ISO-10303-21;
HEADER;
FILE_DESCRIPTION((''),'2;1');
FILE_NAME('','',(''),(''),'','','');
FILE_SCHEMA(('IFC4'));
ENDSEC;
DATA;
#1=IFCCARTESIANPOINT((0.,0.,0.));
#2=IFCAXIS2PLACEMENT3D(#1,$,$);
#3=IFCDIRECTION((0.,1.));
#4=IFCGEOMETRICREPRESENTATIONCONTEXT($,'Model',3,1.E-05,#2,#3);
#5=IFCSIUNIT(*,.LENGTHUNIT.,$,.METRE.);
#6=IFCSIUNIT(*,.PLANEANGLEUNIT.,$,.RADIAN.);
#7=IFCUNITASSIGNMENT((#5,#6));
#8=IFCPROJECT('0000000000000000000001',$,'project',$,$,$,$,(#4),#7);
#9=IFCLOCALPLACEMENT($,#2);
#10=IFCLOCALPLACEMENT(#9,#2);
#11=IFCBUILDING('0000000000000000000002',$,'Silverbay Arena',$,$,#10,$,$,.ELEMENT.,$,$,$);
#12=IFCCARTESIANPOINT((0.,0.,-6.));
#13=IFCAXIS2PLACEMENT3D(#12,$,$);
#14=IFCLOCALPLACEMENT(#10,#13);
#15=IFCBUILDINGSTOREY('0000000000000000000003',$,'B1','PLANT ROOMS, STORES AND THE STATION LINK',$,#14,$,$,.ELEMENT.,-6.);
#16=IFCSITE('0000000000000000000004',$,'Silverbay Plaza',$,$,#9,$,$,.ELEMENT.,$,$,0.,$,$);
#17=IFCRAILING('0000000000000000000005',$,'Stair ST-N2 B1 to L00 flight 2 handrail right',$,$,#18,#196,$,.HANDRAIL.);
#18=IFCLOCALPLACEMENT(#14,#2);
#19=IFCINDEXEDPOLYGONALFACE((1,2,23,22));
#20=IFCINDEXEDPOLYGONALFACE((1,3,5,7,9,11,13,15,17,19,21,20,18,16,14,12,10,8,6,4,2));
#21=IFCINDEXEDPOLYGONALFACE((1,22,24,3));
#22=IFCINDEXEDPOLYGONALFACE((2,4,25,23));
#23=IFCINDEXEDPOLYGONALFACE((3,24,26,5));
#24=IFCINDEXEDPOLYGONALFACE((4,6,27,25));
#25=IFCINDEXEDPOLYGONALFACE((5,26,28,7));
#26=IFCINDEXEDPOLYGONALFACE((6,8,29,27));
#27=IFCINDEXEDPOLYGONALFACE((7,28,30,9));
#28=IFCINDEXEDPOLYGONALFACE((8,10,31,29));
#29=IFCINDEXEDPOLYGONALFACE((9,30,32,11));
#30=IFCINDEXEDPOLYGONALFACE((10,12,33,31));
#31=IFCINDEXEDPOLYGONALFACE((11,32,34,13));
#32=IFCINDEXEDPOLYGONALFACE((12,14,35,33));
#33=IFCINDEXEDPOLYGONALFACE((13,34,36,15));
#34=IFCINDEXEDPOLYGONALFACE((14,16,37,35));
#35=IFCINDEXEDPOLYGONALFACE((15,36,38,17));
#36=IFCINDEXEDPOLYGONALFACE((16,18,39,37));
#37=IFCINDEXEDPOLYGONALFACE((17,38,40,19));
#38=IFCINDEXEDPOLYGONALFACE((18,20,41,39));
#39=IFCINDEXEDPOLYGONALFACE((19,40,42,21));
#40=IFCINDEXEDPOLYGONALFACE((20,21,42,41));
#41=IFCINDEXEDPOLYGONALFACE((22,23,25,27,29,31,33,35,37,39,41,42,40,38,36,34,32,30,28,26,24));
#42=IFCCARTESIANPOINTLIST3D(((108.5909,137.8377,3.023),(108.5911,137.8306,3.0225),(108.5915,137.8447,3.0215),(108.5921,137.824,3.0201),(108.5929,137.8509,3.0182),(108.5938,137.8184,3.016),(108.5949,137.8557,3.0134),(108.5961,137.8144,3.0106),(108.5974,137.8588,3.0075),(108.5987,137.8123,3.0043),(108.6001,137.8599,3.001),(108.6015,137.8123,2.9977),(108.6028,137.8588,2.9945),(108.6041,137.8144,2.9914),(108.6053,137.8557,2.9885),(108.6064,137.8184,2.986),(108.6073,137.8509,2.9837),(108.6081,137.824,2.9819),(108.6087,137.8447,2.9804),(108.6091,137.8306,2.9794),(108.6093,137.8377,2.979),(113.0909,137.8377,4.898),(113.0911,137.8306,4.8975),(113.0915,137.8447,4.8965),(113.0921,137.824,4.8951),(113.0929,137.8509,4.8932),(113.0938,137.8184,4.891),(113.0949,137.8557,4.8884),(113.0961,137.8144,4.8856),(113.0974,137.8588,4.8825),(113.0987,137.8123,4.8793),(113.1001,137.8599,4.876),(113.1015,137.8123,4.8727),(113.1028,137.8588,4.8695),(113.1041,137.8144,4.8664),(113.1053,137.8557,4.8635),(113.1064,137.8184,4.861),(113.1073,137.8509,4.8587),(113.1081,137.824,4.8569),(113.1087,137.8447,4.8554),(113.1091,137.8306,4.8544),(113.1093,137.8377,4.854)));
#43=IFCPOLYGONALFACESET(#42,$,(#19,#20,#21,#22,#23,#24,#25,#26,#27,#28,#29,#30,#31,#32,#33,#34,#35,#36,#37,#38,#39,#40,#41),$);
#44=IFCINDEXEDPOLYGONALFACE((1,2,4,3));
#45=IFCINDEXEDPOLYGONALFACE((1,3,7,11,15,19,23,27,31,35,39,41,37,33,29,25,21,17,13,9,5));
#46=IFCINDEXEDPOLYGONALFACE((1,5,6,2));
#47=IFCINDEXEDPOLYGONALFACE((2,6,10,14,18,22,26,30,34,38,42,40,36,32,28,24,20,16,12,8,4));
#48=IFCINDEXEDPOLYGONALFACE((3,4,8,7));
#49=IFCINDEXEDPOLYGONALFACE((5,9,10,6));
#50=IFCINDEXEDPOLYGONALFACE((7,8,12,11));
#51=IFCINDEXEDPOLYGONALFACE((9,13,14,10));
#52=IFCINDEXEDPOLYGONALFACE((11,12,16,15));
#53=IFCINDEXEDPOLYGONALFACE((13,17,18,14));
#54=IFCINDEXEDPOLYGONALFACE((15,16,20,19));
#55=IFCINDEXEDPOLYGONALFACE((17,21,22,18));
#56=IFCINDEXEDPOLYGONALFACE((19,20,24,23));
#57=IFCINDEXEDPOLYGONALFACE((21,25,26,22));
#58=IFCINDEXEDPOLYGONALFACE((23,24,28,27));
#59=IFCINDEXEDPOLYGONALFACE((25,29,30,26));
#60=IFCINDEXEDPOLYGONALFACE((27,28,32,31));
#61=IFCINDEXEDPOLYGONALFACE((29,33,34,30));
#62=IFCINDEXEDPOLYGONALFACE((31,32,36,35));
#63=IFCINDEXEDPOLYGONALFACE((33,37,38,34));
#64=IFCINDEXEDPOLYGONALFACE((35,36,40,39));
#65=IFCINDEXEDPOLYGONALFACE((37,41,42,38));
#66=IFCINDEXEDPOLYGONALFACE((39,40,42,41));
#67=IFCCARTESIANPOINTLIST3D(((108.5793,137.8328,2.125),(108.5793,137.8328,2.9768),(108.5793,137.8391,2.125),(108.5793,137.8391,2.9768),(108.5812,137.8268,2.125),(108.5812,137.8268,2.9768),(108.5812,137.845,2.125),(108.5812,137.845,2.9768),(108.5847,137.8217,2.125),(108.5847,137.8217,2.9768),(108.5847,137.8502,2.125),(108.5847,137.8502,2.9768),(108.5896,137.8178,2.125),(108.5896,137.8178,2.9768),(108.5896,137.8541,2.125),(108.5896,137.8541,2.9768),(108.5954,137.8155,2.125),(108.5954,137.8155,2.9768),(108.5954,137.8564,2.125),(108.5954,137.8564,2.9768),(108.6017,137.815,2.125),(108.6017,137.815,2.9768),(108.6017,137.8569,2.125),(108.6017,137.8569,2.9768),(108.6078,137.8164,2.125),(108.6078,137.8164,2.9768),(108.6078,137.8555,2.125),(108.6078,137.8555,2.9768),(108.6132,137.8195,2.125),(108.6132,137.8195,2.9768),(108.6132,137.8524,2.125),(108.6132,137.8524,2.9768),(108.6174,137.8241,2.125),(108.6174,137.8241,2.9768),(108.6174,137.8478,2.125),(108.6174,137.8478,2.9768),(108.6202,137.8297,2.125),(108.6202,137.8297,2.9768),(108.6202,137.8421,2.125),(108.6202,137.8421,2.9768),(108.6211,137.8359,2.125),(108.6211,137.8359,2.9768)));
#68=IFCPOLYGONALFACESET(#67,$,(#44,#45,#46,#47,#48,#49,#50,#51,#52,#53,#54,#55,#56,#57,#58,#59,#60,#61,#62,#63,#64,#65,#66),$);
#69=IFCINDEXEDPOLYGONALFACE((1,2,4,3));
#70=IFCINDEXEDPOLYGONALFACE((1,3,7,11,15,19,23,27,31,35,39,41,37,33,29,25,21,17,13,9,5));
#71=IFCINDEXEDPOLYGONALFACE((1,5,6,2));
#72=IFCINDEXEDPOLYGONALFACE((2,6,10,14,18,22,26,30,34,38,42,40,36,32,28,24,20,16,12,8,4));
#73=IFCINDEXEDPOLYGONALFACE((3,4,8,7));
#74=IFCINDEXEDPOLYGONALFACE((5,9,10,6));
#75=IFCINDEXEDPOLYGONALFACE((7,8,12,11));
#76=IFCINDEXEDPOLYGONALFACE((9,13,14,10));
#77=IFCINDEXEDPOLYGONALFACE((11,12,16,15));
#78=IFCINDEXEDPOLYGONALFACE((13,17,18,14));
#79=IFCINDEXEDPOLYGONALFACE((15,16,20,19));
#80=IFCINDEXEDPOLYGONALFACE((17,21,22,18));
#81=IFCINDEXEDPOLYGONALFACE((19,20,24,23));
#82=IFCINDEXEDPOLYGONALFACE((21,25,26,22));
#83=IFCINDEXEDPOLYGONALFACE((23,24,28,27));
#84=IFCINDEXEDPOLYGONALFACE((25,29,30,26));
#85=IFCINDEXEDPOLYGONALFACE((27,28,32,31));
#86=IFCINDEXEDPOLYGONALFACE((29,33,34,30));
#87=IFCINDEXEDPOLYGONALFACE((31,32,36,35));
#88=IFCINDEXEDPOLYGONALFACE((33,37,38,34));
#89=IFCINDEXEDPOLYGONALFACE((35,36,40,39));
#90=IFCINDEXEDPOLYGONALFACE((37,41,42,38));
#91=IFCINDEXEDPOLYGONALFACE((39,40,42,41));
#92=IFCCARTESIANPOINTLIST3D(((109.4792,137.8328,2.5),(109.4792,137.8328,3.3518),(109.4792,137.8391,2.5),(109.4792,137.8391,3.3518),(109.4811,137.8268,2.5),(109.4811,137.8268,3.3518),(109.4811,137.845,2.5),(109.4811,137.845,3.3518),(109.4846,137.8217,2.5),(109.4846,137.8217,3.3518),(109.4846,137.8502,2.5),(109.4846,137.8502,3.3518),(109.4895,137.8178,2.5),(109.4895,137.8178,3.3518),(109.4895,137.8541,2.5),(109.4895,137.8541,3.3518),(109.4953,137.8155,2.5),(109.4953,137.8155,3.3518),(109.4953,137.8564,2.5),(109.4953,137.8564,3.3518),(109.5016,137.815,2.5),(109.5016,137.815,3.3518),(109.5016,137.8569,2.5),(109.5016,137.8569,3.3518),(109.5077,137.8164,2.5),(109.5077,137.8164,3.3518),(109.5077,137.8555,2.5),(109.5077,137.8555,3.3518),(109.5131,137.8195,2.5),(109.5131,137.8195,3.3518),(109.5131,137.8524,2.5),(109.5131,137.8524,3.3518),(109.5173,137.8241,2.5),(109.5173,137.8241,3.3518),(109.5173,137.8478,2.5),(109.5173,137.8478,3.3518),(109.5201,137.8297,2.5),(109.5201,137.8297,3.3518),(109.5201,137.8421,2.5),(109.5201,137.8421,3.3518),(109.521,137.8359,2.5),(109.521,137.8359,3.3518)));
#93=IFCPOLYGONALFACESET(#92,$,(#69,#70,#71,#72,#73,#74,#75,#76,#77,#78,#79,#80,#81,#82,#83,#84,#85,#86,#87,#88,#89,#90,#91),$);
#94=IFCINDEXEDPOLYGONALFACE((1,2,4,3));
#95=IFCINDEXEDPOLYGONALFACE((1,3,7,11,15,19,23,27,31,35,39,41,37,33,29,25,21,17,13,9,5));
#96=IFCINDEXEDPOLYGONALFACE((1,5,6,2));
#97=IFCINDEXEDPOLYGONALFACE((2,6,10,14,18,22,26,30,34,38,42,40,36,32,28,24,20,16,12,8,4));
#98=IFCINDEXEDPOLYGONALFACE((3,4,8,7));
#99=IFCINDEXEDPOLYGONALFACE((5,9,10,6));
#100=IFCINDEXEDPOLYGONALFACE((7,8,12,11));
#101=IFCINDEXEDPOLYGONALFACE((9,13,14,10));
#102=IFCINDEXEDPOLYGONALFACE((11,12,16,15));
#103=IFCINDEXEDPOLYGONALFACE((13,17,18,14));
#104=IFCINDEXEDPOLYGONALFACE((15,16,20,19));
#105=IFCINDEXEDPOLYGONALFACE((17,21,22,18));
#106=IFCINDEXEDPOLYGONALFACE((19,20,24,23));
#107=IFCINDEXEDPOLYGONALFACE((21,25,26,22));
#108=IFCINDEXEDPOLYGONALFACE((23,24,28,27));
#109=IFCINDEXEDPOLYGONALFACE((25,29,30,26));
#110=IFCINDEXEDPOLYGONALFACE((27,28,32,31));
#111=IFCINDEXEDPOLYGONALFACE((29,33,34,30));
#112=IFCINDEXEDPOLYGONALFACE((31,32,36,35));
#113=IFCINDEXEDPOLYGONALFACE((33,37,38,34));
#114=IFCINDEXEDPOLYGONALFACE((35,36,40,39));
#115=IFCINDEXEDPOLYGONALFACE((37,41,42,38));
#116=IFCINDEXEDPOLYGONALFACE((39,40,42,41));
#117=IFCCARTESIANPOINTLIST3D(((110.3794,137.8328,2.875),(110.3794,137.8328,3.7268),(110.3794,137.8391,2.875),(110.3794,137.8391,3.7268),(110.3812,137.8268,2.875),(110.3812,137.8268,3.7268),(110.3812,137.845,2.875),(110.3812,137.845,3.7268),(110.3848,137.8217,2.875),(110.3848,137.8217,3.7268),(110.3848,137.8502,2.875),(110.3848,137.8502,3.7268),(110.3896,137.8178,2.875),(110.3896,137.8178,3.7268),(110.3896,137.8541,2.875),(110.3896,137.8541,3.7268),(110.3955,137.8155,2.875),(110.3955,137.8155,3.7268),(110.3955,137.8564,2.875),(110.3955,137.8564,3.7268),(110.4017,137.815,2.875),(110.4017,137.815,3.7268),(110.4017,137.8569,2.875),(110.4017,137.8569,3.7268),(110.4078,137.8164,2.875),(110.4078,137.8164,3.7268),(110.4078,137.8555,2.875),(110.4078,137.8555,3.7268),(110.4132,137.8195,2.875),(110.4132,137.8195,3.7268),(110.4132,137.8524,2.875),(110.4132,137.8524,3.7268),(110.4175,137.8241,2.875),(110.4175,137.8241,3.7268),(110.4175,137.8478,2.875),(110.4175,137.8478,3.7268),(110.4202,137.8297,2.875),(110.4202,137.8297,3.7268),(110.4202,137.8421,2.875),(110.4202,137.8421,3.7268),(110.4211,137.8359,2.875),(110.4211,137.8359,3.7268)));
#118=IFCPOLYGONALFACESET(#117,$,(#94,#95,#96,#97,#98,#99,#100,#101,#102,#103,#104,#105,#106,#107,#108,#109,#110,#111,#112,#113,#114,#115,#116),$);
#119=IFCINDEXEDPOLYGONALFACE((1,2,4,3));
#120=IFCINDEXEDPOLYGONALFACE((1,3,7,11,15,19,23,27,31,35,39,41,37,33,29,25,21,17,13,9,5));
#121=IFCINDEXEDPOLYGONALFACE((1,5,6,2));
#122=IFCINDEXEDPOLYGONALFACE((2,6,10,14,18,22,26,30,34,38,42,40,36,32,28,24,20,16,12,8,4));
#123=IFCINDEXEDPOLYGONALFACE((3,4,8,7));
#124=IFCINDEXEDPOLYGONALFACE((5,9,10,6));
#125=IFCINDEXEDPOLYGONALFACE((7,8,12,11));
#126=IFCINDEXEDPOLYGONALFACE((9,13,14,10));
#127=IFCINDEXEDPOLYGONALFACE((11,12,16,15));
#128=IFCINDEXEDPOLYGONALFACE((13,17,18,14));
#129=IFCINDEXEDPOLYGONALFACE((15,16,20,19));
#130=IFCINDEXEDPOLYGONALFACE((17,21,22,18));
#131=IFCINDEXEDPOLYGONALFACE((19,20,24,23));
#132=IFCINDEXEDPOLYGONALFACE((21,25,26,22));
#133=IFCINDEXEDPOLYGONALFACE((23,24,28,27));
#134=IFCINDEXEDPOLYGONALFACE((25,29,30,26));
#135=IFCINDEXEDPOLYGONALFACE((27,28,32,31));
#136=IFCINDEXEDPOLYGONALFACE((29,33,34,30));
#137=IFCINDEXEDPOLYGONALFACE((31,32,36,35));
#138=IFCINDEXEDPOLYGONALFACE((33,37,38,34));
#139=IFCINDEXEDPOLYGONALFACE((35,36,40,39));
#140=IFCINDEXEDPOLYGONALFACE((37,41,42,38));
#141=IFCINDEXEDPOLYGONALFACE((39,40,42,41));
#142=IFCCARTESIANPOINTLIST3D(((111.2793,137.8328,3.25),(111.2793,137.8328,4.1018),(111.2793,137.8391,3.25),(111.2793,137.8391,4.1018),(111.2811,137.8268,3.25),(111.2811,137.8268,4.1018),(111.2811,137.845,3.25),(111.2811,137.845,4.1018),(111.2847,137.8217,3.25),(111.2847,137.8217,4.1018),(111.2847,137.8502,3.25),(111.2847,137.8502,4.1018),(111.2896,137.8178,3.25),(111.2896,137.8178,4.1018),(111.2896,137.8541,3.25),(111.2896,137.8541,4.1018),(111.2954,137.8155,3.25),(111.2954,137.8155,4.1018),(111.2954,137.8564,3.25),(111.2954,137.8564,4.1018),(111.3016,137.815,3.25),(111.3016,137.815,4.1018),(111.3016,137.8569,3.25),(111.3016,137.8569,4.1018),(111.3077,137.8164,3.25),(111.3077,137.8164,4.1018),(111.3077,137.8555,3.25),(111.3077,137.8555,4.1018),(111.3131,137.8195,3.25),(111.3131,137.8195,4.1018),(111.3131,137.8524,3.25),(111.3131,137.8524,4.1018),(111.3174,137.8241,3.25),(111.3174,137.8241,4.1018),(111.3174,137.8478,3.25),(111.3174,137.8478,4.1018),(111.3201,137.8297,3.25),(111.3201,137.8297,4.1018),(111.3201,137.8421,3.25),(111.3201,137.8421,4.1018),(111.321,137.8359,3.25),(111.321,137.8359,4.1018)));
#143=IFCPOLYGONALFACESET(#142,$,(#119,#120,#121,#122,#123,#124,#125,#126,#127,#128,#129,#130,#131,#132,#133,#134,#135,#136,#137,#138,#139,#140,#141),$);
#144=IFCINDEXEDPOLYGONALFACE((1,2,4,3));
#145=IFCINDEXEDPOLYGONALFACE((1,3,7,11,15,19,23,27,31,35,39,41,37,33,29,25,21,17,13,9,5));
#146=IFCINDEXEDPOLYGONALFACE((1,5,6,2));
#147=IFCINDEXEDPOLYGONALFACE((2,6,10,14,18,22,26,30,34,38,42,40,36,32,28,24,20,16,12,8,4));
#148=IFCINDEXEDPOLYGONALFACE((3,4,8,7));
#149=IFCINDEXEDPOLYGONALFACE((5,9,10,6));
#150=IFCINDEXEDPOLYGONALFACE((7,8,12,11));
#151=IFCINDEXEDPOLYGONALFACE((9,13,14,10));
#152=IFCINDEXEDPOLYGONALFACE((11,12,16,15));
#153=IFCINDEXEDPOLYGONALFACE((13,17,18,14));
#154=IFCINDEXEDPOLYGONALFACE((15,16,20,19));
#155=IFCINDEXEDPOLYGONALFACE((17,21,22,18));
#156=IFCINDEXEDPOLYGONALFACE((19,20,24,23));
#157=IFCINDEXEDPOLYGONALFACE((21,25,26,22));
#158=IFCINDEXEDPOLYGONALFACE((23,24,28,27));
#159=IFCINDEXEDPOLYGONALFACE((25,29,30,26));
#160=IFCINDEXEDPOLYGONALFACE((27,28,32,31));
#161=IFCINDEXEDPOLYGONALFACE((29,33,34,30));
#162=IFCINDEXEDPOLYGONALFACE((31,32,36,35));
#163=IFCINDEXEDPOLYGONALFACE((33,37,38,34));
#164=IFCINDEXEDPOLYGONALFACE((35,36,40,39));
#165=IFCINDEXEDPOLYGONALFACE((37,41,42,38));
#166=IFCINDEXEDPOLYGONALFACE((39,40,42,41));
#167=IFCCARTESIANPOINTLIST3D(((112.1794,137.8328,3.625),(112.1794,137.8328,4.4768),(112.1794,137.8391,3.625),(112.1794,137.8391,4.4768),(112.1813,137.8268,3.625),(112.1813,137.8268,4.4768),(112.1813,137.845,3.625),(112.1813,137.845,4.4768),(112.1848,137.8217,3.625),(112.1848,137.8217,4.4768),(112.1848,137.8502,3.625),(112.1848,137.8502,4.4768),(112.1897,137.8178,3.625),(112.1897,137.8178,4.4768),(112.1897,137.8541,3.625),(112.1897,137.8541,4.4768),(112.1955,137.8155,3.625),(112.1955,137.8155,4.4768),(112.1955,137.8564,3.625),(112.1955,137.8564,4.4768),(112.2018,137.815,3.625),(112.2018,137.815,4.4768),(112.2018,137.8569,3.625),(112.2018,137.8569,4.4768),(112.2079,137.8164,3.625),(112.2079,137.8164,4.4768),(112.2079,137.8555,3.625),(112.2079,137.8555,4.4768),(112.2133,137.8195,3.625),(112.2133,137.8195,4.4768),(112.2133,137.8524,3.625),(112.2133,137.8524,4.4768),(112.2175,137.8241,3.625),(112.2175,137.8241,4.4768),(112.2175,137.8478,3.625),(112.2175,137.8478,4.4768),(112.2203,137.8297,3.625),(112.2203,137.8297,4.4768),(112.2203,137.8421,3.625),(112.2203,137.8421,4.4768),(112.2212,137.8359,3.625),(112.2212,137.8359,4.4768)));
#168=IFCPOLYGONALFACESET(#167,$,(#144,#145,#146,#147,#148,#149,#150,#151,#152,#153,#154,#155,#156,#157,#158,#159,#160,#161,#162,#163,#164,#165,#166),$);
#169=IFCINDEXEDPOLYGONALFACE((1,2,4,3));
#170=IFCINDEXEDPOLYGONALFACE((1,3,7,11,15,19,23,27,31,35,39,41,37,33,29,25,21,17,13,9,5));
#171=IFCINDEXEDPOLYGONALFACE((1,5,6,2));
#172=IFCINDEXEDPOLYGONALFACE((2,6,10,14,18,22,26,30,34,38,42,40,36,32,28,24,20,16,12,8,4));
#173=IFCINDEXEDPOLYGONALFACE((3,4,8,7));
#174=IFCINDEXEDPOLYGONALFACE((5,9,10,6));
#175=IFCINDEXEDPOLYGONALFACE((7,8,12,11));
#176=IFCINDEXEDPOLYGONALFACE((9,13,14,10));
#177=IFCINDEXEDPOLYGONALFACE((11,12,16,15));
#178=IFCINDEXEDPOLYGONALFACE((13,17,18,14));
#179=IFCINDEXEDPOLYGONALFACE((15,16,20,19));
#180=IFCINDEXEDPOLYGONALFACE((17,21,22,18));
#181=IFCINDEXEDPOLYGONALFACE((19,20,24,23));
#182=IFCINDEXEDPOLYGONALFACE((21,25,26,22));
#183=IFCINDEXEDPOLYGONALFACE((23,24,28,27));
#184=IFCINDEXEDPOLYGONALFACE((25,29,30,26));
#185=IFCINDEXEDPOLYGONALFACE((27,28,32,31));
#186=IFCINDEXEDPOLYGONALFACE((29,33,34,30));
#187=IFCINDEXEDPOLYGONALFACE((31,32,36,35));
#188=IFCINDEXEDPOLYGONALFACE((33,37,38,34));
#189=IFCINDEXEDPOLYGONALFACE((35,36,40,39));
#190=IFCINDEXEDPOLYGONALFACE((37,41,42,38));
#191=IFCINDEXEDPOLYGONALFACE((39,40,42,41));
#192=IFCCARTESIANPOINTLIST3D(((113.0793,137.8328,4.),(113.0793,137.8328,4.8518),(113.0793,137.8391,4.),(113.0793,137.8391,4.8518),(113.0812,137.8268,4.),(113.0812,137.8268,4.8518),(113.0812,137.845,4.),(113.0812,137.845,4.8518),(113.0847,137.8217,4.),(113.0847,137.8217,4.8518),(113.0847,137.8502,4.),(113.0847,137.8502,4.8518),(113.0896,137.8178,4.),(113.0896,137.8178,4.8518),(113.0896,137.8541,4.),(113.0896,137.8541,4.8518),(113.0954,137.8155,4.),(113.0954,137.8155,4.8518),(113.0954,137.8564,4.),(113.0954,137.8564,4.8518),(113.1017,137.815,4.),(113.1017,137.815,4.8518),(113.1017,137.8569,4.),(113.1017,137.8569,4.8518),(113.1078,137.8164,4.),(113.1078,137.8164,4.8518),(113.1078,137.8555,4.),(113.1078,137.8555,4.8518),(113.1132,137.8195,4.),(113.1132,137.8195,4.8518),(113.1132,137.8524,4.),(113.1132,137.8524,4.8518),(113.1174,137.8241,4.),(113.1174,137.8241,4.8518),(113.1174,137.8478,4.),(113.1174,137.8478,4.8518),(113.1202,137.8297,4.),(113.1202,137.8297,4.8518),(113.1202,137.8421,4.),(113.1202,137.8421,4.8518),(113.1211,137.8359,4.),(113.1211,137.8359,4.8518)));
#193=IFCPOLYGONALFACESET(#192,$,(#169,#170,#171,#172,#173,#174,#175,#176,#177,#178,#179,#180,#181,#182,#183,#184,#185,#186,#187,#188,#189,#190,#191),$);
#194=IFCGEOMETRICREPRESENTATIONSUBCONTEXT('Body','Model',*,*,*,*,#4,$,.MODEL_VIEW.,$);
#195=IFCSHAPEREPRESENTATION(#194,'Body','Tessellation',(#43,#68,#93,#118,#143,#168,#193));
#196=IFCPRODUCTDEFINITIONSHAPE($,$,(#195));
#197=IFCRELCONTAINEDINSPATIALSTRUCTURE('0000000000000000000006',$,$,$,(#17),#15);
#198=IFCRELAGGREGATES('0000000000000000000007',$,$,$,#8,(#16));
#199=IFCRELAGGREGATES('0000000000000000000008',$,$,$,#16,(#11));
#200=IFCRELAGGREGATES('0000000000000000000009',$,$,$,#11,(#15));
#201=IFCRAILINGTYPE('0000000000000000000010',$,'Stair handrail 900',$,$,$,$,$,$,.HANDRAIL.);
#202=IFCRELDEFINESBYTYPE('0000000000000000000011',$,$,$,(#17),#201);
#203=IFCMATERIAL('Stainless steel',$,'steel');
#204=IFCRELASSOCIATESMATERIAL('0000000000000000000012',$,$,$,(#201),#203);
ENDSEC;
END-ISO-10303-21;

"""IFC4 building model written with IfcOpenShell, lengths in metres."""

from ifc_helpers import new_model, si_unit, direction, frame, origin, origin_2d, place, context, subcontext, project, spatial, circle, extrude, material, type_object, element, save


model = new_model("IFC4")

# Units and contexts
model_context = context("Model", 3, precision=1e-05, world=origin(), true_north=direction((0.0, 1.0)))
body_context = subcontext(model_context, "Body", "Model", "MODEL_VIEW")
ifc_project = project(units=[si_unit("LENGTHUNIT", "METRE"), si_unit("PLANEANGLEUNIT", "RADIAN")], contexts=[model_context])

# Site, building, storey
site_placement = place(None, origin())
site = spatial("IfcSite", under=ifc_project, at=site_placement, Name="Silverbay Plaza", CompositionType="ELEMENT", RefElevation=0.0)
building_placement = place(site_placement, origin())
building = spatial("IfcBuilding", under=site, at=building_placement, Name="Silverbay Arena", CompositionType="ELEMENT")
storey_placement = place(building_placement, frame((0.0, 0.0, -6.0)))
storey = spatial("IfcBuildingStorey", under=building, at=storey_placement, Name="B1", Description="PLANT ROOMS, STORES AND THE STATION LINK", CompositionType="ELEMENT", Elevation=-6.0)

# Railing
ifc_material_1 = material(Name="Stainless steel", Category="steel")
railing_type_1 = type_object("IfcRailingType", Name="Stair handrail 900", PredefinedType="HANDRAIL", material=ifc_material_1)
for number, where, name in (
    (1, (108.6001, 137.8359, 2.125), "Stair ST-N2 B1 to L00 flight 2 handrail right"),
):
    element("IfcRailing", number, at=place(storey_placement, frame(where)), inside=storey, type_object=railing_type_1, Name=name, PredefinedType="HANDRAIL", context=body_context, shape_type="SweptSolid", body=[
        extrude(circle(Radius=0.0239, at=origin_2d()), frame((0.0, 0.0, 0.876), z_axis=(0.923077, 0.0, 0.384615), x_axis=(0.0, 1.0, 0.0)), (0.0, 0.0, 1.0), 4.875),
        extrude(circle(Radius=0.021, at=origin_2d()), origin(), (0.0, 0.0, 1.0), 0.8518),
        extrude(circle(Radius=0.021, at=origin_2d()), frame((0.8999, 0.0, 0.375)), (0.0, 0.0, 1.0), 0.8518),
        extrude(circle(Radius=0.021, at=origin_2d()), frame((1.8, 0.0, 0.75)), (0.0, 0.0, 1.0), 0.8518),
        extrude(circle(Radius=0.021, at=origin_2d()), frame((2.7, 0.0, 1.125)), (0.0, 0.0, 1.0), 0.8518),
        extrude(circle(Radius=0.021, at=origin_2d()), frame((3.6001, 0.0, 1.5)), (0.0, 0.0, 1.0), 0.8518),
        extrude(circle(Radius=0.021, at=origin_2d()), frame((4.5, 0.0, 1.875)), (0.0, 0.0, 1.0), 0.8518),
    ])

save(model, "model.ifc")
